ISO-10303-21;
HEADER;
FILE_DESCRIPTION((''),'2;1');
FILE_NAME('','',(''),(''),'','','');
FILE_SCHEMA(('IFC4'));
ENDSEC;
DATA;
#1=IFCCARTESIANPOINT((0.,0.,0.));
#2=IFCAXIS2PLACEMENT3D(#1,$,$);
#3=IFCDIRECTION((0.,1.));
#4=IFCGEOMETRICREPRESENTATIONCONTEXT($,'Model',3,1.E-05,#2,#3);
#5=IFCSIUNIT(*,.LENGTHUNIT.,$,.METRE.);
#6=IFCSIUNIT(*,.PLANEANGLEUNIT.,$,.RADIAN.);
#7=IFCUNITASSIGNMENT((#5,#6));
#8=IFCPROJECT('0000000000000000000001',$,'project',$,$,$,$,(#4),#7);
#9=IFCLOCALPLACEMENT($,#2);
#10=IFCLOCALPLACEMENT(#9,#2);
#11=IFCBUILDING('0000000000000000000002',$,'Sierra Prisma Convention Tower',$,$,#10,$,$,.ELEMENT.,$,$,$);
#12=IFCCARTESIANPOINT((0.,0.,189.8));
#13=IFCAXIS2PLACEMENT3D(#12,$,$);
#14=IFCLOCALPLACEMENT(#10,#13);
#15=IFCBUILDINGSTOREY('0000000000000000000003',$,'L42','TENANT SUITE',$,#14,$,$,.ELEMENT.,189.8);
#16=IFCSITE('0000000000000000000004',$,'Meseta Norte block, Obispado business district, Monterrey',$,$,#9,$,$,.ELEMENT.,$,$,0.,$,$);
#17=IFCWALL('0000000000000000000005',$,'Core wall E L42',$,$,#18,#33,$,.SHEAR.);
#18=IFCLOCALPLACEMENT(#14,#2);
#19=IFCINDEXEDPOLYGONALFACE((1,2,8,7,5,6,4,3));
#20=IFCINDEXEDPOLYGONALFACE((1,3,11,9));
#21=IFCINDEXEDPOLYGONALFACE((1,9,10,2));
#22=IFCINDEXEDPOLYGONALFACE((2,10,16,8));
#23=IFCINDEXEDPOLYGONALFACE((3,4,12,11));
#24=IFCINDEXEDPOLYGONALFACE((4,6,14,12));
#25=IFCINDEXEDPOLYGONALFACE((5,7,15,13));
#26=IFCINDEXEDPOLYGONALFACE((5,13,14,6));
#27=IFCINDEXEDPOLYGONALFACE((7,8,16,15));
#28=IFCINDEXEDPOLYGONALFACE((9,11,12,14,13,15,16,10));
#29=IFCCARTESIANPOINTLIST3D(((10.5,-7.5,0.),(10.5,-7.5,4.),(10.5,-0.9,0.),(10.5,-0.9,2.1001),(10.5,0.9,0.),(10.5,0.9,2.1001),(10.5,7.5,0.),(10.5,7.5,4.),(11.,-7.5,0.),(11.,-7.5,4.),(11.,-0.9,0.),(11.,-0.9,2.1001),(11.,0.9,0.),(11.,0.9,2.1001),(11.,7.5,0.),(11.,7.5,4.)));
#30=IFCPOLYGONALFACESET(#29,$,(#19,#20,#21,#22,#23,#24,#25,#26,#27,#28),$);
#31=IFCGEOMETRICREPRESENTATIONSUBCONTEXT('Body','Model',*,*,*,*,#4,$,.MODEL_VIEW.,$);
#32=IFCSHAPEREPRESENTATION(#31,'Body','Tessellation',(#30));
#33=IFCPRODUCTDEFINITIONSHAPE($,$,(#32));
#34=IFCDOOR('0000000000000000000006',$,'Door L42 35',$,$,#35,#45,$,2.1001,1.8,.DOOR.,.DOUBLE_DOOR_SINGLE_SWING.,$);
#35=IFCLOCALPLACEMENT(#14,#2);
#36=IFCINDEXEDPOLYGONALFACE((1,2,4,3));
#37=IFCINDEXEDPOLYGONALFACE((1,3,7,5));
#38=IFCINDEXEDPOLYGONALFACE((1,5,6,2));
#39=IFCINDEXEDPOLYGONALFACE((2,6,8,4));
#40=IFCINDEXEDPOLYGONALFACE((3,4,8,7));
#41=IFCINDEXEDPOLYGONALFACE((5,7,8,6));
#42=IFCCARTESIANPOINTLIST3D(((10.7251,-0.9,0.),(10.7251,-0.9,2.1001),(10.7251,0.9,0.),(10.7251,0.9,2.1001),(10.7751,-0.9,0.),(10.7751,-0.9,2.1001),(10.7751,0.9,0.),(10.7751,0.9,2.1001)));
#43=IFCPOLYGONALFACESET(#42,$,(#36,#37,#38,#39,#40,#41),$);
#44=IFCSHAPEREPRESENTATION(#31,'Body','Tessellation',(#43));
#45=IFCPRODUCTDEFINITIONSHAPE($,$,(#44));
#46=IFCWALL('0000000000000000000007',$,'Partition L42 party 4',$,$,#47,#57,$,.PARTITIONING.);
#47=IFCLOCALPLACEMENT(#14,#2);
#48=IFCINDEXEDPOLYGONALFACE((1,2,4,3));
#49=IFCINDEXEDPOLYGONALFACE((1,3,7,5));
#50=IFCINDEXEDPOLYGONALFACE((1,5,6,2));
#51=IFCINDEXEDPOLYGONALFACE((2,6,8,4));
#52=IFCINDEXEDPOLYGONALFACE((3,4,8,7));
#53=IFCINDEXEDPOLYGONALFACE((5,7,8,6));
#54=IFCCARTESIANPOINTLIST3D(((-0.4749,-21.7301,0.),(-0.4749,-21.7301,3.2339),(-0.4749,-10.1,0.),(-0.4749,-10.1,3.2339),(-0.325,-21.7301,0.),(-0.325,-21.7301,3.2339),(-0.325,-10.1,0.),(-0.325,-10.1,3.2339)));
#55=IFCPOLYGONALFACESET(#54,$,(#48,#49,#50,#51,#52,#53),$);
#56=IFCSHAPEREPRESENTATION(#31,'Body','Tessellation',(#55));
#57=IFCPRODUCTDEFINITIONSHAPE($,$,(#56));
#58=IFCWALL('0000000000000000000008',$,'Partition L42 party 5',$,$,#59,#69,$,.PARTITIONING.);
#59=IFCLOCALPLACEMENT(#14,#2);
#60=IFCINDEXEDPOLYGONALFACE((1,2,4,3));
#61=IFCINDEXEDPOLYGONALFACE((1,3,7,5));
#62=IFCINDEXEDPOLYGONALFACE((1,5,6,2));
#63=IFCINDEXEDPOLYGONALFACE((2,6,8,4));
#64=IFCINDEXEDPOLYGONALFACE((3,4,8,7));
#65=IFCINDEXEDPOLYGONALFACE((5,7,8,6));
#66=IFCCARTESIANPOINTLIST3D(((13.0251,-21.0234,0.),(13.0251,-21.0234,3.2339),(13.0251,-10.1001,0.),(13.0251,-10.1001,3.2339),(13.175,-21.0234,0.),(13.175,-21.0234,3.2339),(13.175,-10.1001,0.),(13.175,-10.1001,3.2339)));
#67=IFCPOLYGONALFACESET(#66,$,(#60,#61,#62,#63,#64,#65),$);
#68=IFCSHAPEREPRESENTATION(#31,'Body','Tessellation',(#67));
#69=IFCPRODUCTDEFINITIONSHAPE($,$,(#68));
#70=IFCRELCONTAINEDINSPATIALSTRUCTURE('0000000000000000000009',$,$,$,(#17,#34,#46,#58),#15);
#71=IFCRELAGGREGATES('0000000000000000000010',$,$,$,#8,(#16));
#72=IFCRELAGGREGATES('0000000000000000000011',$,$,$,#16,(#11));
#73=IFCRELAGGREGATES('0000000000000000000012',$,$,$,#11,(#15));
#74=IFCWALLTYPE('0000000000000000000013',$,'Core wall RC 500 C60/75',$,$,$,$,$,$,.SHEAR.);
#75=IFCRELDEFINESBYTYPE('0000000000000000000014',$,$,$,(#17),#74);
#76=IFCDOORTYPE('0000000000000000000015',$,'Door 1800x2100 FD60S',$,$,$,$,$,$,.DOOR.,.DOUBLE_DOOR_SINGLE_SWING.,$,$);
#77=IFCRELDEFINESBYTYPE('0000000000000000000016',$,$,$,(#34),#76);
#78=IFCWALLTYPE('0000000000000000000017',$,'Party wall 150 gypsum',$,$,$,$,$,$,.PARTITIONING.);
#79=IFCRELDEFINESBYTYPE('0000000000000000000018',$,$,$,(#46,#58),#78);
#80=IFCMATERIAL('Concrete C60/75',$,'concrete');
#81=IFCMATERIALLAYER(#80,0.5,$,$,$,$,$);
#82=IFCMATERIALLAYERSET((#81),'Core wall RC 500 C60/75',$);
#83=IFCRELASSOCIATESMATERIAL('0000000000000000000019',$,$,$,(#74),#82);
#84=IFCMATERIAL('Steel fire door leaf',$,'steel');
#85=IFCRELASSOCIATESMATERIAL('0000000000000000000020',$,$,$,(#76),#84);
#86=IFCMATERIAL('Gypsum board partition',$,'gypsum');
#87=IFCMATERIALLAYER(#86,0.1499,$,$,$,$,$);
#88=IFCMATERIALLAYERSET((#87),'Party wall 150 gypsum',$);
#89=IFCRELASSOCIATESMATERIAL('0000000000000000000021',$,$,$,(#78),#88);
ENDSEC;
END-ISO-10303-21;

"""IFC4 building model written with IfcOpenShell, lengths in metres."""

from ifc_helpers import new_model, si_unit, direction, frame, frame_2d, origin, place, context, subcontext, project, spatial, rectangle, extrude, material, layer, layer_set, type_object, element, fill, save


model = new_model("IFC4")

# Units and contexts
model_context = context("Model", 3, precision=1e-05, world=origin(), true_north=direction((0.0, 1.0)))
body_context = subcontext(model_context, "Body", "Model", "MODEL_VIEW")
ifc_project = project(units=[si_unit("LENGTHUNIT", "METRE"), si_unit("PLANEANGLEUNIT", "RADIAN")], contexts=[model_context])

# Site, building, storey
site_placement = place(None, origin())
site = spatial("IfcSite", under=ifc_project, at=site_placement, Name="Meseta Norte block, Obispado business district, Monterrey", CompositionType="ELEMENT", RefElevation=0.0)
building_placement = place(site_placement, origin())
building = spatial("IfcBuilding", under=site, at=building_placement, Name="Sierra Prisma Convention Tower", CompositionType="ELEMENT")
storey_placement = place(building_placement, frame((0.0, 0.0, 189.8)))
storey = spatial("IfcBuildingStorey", under=building, at=storey_placement, Name="L42", Description="TENANT SUITE", CompositionType="ELEMENT", Elevation=189.8)

# Wall, opening, door
ifc_material_1 = material(Name="Concrete C60/75", Category="concrete")
ifc_layer_1 = layer(ifc_material_1, 0.5)
ifc_layer_set_1 = layer_set([ifc_layer_1], Name="Core wall RC 500 C60/75")
wall_type_1 = type_object("IfcWallType", Name="Core wall RC 500 C60/75", PredefinedType="SHEAR", material=ifc_layer_set_1)
wall_1_placement = place(storey_placement, frame((10.75, -7.5, 0.0), z_axis=(0.0, 0.0, 1.0), x_axis=(0.0, 1.0, 0.0)))
wall_1 = element("IfcWall", 1, at=wall_1_placement, inside=storey, type_object=wall_type_1, Name="Core wall E L42", PredefinedType="SHEAR", context=body_context, shape_type="SweptSolid", body=[
    extrude(rectangle(XDim=15.0, YDim=0.5, at=frame_2d((7.5, 0.0))), origin(), (0.0, 0.0, 1.0), 4.0),
])
opening_1_placement = place(wall_1_placement, frame((6.6001, 0.0, 0.0)))
opening_1 = element("IfcOpeningElement", 2, at=opening_1_placement, cuts=wall_1, PredefinedType="OPENING", context=body_context, shape_type="SweptSolid", body=[
    extrude(rectangle(XDim=1.8, YDim=2.1001, at=frame_2d((0.8999, 1.05))), frame((0.0, 0.25, 0.0), z_axis=(0.0, -1.0, 0.0), x_axis=(1.0, 0.0, 0.0)), (0.0, 0.0, 1.0), 0.5),
])
ifc_material_2 = material(Name="Steel fire door leaf", Category="steel")
door_type_1 = type_object("IfcDoorType", Name="Door 1800x2100 FD60S", OperationType="DOUBLE_DOOR_SINGLE_SWING", PredefinedType="DOOR", material=ifc_material_2)
door_1_placement = place(opening_1_placement, origin())
door_1 = element("IfcDoor", 3, at=door_1_placement, inside=storey, type_object=door_type_1, Name="Door L42 35", OperationType="DOUBLE_DOOR_SINGLE_SWING", OverallHeight=2.1001, OverallWidth=1.8, PredefinedType="DOOR", context=body_context, shape_type="SweptSolid", body=[
    extrude(rectangle(XDim=1.8, YDim=2.1001, at=frame_2d((0.8999, 1.05))), frame((0.0, 0.0249, 0.0), z_axis=(0.0, -1.0, 0.0), x_axis=(1.0, 0.0, 0.0)), (0.0, 0.0, 1.0), 0.05),
])
fill(opening_1, door_1)

# Walls
ifc_material_3 = material(Name="Gypsum board partition", Category="gypsum")
ifc_layer_2 = layer(ifc_material_3, 0.1499)
ifc_layer_set_2 = layer_set([ifc_layer_2], Name="Party wall 150 gypsum")
wall_type_2 = type_object("IfcWallType", Name="Party wall 150 gypsum", PredefinedType="PARTITIONING", material=ifc_layer_set_2)
wall_2_placement = place(storey_placement, frame((-0.3999, -10.1001, 0.0), z_axis=(0.0, 0.0, 1.0), x_axis=(0.0, -1.0, 0.0)))
element("IfcWall", 4, at=wall_2_placement, inside=storey, type_object=wall_type_2, Name="Partition L42 party 4", PredefinedType="PARTITIONING", context=body_context, shape_type="SweptSolid", body=[
    extrude(rectangle(XDim=11.6301, YDim=0.1499, at=frame_2d((5.8149, 0.0))), origin(), (0.0, 0.0, 1.0), 3.2339),
])
wall_3_placement = place(storey_placement, frame((13.1001, -10.1001, 0.0), z_axis=(0.0, 0.0, 1.0), x_axis=(0.0, -1.0, 0.0)))
element("IfcWall", 5, at=wall_3_placement, inside=storey, type_object=wall_type_2, Name="Partition L42 party 5", PredefinedType="PARTITIONING", context=body_context, shape_type="SweptSolid", body=[
    extrude(rectangle(XDim=10.9233, YDim=0.1499, at=frame_2d((5.4617, 0.0))), origin(), (0.0, 0.0, 1.0), 3.2339),
])

save(model, "model.ifc")
